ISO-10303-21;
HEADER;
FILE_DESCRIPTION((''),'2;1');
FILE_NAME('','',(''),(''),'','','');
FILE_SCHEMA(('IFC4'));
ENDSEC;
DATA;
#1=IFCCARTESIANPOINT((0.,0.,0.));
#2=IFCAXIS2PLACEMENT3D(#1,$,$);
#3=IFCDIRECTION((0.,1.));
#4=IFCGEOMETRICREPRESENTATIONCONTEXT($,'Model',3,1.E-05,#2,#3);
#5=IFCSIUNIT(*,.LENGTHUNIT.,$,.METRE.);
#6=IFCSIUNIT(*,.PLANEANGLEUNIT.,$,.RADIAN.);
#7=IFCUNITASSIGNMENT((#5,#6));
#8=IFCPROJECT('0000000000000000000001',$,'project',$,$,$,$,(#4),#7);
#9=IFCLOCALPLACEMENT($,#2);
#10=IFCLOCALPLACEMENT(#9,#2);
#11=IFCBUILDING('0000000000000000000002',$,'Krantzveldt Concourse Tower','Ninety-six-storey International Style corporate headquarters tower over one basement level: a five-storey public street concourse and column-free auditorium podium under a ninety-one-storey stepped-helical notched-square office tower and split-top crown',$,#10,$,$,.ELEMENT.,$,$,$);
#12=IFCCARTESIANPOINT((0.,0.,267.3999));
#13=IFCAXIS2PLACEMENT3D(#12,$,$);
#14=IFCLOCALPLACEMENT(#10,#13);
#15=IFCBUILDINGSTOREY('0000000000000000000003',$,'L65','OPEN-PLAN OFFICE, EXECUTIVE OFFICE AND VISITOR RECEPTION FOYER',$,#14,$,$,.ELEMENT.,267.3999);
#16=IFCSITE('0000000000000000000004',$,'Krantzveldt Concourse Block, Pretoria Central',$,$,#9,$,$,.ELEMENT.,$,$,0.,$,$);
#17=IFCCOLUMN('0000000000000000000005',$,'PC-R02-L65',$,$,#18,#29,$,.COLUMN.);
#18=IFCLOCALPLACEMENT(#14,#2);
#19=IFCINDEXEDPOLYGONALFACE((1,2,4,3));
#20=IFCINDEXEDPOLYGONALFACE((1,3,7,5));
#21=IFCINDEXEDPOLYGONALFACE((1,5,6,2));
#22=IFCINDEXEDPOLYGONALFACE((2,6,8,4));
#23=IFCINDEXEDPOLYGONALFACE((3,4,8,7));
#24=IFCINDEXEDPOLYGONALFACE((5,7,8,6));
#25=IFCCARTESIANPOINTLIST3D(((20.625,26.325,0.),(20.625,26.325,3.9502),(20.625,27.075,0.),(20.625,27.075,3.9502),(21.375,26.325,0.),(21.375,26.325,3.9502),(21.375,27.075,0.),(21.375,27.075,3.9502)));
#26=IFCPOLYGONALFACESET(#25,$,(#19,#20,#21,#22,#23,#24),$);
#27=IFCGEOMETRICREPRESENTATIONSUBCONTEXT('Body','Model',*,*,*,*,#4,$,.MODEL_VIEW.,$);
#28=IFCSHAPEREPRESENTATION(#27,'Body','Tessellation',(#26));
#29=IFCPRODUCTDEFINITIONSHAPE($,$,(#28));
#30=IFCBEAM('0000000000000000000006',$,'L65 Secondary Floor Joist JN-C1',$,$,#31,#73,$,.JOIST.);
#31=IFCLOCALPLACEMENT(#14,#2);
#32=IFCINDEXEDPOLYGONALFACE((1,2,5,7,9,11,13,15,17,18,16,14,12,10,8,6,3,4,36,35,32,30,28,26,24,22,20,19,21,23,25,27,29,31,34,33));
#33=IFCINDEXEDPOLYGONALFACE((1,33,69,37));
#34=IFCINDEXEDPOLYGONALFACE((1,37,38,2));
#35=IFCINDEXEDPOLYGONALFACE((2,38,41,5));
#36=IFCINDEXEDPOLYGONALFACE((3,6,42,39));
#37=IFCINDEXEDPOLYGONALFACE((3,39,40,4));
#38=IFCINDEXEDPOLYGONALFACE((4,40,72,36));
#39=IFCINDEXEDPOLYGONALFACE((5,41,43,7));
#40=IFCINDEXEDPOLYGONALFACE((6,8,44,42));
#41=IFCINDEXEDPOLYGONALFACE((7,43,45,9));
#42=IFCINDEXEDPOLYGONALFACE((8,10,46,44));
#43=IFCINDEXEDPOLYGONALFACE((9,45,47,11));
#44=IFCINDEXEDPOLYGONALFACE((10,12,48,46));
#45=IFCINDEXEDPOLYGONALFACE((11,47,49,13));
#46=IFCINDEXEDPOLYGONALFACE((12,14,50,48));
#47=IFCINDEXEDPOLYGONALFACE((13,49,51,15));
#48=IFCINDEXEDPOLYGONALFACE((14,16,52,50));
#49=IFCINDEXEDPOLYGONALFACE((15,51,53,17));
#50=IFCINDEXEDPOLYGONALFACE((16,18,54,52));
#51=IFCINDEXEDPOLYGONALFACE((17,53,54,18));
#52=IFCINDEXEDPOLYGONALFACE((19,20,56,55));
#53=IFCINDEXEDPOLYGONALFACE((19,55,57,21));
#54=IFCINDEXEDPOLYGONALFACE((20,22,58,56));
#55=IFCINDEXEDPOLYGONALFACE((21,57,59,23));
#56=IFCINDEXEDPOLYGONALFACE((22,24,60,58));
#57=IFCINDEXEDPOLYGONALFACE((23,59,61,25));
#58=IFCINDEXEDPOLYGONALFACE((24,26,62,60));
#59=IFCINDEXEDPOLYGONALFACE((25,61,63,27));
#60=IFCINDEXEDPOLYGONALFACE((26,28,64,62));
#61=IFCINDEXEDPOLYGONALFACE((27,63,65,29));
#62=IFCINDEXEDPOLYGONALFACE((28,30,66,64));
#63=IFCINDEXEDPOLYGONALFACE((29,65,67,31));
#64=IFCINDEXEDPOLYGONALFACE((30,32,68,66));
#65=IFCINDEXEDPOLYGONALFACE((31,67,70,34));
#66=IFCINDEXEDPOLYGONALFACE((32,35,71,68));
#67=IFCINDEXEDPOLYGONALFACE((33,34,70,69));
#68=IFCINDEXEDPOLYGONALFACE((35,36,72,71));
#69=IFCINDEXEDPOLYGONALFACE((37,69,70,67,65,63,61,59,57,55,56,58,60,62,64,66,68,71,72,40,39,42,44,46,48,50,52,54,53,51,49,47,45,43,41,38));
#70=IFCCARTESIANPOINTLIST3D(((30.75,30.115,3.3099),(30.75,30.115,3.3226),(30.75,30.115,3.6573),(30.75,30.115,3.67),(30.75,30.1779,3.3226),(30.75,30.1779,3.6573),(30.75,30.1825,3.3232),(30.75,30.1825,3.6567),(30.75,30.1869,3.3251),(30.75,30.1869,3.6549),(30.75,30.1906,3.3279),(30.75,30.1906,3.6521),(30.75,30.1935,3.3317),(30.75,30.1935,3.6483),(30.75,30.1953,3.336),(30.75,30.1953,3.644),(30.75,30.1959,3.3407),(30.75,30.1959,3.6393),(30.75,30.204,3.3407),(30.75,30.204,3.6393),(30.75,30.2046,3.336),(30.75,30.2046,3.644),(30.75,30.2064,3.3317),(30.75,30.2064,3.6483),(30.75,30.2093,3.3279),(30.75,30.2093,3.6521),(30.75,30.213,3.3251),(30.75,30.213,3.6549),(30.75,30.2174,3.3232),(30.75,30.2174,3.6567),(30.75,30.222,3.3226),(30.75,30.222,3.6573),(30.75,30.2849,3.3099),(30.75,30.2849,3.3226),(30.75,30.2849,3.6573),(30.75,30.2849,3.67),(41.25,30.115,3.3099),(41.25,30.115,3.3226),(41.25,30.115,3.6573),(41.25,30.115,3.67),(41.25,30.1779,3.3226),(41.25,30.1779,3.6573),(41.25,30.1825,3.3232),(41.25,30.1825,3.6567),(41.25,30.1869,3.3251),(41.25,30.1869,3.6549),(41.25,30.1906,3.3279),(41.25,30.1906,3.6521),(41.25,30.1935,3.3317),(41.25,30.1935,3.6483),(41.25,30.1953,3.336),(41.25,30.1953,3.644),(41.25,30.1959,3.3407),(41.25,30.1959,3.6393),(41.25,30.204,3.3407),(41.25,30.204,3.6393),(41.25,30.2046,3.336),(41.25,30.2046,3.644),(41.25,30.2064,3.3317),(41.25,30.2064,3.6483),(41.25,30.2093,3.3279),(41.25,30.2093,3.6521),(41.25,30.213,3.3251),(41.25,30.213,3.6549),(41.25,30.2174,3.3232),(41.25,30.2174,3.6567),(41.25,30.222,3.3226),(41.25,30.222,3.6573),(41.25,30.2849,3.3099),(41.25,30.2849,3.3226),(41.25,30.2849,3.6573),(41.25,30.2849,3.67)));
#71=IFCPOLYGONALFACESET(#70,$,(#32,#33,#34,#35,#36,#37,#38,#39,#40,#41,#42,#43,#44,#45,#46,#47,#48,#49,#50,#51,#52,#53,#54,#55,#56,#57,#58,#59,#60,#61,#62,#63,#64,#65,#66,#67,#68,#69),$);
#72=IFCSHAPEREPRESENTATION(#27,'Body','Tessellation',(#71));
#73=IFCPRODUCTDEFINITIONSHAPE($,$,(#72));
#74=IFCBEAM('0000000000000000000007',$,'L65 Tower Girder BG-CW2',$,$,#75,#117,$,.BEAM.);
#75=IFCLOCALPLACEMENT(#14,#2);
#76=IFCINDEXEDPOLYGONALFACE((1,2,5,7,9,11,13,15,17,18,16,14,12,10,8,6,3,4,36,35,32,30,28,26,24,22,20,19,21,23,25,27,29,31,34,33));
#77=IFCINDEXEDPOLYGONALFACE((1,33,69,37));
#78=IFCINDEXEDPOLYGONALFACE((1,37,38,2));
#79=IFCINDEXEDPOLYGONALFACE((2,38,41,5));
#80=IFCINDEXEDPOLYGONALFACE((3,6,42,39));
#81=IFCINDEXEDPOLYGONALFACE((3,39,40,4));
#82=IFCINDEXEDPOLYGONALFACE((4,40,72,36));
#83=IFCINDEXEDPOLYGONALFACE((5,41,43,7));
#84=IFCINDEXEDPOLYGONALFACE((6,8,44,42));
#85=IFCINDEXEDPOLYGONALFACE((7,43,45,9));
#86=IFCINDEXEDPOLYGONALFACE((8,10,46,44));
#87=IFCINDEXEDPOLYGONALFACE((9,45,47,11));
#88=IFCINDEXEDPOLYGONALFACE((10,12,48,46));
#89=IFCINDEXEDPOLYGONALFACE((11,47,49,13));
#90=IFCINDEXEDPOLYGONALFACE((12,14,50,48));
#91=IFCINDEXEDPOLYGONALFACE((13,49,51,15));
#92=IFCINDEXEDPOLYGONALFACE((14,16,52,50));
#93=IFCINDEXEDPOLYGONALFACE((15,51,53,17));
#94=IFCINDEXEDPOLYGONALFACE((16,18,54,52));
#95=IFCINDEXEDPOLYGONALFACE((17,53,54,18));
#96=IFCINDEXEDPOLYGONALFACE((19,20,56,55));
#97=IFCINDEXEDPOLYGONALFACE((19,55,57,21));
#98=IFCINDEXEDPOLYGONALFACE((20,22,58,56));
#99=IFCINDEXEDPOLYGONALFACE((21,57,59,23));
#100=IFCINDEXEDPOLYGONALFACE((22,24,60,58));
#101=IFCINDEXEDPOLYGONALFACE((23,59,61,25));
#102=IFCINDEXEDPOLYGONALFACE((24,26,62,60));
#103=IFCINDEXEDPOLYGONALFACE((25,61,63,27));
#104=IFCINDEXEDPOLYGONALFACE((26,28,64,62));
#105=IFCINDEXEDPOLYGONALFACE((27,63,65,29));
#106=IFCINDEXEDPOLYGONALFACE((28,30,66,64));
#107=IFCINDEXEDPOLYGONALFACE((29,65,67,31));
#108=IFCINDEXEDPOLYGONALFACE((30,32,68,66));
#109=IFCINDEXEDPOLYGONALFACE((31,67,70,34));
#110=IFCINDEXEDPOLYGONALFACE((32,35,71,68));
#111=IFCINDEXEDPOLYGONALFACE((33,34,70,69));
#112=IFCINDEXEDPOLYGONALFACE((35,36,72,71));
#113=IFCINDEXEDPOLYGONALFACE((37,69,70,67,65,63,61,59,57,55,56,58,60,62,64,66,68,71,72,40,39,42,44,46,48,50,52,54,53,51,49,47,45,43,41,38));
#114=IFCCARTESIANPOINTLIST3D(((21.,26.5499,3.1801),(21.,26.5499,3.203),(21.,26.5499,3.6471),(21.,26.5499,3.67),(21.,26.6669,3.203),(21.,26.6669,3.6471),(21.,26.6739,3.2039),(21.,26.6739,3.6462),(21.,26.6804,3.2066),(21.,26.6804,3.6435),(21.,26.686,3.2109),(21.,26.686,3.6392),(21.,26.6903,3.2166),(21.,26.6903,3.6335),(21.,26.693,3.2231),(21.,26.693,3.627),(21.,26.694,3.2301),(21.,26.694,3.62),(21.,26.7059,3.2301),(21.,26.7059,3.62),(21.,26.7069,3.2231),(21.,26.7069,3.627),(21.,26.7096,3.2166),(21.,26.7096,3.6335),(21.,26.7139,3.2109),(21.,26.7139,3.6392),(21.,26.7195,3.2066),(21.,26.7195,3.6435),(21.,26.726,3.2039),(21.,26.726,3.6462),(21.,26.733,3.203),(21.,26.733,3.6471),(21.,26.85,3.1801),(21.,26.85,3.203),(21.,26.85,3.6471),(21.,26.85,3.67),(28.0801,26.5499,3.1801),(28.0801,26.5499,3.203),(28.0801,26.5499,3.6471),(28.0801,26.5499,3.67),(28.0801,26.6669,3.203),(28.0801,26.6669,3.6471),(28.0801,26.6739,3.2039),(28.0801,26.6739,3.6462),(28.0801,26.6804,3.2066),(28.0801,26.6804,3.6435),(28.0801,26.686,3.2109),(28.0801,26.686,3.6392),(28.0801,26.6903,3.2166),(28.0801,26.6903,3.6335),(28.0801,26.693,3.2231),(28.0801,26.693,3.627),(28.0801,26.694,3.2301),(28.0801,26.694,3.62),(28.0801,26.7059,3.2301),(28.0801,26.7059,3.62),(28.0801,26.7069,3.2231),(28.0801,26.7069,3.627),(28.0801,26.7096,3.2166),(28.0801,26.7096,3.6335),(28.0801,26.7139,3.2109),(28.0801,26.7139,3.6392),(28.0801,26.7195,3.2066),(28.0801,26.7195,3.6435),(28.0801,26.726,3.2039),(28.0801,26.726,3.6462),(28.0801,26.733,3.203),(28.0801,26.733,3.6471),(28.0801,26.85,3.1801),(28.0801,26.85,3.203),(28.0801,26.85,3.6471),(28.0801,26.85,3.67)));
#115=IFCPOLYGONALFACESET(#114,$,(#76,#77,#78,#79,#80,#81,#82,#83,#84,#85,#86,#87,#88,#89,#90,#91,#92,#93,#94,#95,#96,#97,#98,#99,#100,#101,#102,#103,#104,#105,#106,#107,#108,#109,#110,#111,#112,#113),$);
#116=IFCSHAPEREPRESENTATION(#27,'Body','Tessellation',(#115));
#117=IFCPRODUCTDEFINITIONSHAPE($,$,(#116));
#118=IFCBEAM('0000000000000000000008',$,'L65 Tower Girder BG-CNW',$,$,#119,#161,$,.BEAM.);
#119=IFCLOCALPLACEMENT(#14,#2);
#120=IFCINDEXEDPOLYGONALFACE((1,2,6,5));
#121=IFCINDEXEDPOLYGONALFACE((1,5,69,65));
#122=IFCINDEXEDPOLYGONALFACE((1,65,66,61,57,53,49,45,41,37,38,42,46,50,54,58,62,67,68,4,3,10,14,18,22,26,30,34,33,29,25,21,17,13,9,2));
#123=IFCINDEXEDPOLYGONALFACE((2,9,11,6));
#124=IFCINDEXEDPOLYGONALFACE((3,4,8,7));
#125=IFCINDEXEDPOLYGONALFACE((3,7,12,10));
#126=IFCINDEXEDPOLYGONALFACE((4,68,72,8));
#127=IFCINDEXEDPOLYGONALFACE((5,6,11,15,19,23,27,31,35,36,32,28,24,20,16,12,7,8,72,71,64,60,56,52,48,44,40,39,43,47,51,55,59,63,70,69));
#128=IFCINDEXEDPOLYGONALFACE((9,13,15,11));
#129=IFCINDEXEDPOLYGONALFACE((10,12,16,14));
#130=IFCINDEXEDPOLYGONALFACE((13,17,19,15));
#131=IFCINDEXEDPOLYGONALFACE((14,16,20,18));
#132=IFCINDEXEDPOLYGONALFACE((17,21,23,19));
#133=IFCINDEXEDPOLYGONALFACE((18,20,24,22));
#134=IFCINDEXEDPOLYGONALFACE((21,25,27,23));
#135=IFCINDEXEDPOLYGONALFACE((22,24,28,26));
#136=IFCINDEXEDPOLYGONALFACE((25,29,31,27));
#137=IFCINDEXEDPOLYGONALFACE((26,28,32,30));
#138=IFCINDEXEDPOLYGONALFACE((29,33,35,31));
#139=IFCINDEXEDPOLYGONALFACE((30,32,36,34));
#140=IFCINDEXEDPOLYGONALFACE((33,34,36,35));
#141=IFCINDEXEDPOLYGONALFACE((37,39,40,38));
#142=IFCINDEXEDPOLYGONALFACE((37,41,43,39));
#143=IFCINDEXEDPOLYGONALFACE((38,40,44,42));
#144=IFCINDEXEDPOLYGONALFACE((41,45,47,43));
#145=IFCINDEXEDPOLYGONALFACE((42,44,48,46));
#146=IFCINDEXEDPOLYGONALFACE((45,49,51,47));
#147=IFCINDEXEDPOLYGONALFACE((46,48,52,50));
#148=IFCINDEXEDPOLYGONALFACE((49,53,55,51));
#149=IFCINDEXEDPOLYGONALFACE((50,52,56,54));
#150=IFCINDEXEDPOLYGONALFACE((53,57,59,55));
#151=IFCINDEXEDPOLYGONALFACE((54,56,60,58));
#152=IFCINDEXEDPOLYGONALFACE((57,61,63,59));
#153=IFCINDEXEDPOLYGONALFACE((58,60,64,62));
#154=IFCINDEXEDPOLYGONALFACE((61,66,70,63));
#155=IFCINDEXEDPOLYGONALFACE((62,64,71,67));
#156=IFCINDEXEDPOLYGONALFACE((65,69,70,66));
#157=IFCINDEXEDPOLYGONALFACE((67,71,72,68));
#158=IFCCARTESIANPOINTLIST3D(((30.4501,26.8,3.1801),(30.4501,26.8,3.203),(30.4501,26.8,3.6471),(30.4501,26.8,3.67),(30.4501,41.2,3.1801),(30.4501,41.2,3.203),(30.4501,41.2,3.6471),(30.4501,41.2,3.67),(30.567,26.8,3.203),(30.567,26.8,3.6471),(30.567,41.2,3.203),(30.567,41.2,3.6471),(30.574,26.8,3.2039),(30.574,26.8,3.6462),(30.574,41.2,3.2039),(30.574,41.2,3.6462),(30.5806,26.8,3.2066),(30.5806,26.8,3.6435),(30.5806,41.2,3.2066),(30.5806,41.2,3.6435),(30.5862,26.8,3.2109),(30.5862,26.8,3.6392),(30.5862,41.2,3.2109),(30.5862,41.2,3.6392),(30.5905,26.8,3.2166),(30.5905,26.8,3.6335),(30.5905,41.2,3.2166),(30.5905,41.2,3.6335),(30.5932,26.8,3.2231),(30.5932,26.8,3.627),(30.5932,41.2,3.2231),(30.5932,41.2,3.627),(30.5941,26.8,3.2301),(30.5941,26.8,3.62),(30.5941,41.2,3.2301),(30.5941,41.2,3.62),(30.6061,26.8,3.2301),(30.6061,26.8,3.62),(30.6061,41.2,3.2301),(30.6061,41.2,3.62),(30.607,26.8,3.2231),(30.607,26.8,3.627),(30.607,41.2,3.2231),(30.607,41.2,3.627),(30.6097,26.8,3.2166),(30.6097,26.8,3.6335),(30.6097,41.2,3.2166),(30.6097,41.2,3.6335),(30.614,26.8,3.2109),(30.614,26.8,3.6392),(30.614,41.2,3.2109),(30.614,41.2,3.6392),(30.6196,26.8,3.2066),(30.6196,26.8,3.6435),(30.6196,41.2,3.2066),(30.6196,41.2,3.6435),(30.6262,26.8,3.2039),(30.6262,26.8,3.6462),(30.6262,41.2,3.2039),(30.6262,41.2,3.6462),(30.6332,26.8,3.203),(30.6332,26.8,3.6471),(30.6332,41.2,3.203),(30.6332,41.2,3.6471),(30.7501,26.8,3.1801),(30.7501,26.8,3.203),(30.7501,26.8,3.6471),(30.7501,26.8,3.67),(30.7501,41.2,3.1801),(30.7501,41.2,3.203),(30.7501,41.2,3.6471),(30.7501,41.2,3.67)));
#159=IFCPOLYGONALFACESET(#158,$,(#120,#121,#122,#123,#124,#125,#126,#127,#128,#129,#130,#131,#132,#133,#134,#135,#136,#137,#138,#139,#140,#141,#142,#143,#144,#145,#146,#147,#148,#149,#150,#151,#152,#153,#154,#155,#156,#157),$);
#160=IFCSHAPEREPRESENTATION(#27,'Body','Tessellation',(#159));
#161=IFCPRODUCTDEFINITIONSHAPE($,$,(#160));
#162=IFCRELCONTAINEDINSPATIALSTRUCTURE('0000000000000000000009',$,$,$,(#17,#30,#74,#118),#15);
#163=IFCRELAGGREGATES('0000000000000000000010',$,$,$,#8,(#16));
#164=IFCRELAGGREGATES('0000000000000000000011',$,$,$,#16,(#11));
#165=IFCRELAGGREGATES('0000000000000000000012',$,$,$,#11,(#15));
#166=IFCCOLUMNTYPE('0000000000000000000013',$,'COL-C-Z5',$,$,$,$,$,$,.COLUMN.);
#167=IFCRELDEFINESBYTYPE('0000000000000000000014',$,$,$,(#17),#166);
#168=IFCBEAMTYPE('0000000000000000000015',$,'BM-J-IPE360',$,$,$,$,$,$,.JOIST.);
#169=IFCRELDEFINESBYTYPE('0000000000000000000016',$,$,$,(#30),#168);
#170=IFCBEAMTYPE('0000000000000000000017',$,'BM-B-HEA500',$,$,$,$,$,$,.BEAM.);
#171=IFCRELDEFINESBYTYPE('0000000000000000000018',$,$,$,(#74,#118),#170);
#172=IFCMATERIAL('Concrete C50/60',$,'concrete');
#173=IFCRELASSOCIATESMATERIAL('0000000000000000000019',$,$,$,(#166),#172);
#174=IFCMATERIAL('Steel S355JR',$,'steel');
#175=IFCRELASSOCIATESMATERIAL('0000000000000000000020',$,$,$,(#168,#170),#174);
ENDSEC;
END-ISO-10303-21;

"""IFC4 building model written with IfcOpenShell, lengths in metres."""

from ifc_helpers import new_model, si_unit, direction, frame, origin, origin_2d, place, context, subcontext, project, spatial, rectangle, i_section, extrude, source, transform, mapped, material, material_profile, profile_set, type_object, type_shapes, element, save


model = new_model("IFC4")

# Units and contexts
model_context = context("Model", 3, precision=1e-05, world=origin(), true_north=direction((0.0, 1.0)))
body_context = subcontext(model_context, "Body", "Model", "MODEL_VIEW")
ifc_project = project(units=[si_unit("LENGTHUNIT", "METRE"), si_unit("PLANEANGLEUNIT", "RADIAN")], contexts=[model_context])

# Site, building, storey
site_placement = place(None, origin())
site = spatial("IfcSite", under=ifc_project, at=site_placement, Name="Krantzveldt Concourse Block, Pretoria Central", CompositionType="ELEMENT", RefElevation=0.0)
building_placement = place(site_placement, origin())
building = spatial("IfcBuilding", under=site, at=building_placement, Name="Krantzveldt Concourse Tower", Description="Ninety-six-storey International Style corporate headquarters tower over one basement level: a five-storey public street concourse and column-free auditorium podium under a ninety-one-storey stepped-helical notched-square office tower and split-top crown", CompositionType="ELEMENT")
storey_placement = place(building_placement, frame((0.0, 0.0, 267.3999)))
storey = spatial("IfcBuildingStorey", under=building, at=storey_placement, Name="L65", Description="OPEN-PLAN OFFICE, EXECUTIVE OFFICE AND VISITOR RECEPTION FOYER", CompositionType="ELEMENT", Elevation=267.3999)

# Column
ifc_material_1 = material(Name="Concrete C50/60", Category="concrete")
ifc_material_profile_1 = material_profile(ifc_material_1, rectangle(XDim=0.75, YDim=0.75, at=origin_2d()), Name="Concrete C50/60", Category="concrete")
ifc_profile_set_1 = profile_set([ifc_material_profile_1], Name="Concrete C50/60 - RC 750x750")
column_type = type_object("IfcColumnType", Name="COL-C-Z5", PredefinedType="COLUMN", material=ifc_profile_set_1)
shared_shape_1 = source(origin(), body_context, "Body", "SweptSolid", [
    extrude(rectangle(XDim=0.75, YDim=0.75, at=origin_2d()), origin(), (0.0, 0.0, 1.0), 3.9502),
])
type_shapes(column_type, [shared_shape_1])
column_placement = place(storey_placement, frame((21.0, 26.7, 0.0), z_axis=(0.0, 0.0, 1.0), x_axis=(1.0, 0.0, 0.0)))
element("IfcColumn", 1, at=column_placement, inside=storey, type_object=column_type, Name="PC-R02-L65", PredefinedType="COLUMN", context=body_context, shape_type="MappedRepresentation", body=[
    mapped(shared_shape_1, transform((0.0, 0.0, 0.0), x_axis=(1.0, 0.0, 0.0), y_axis=(0.0, 1.0, 0.0), z_axis=(0.0, 0.0, 1.0), scale=1.0)),
])

# Beams
ifc_material_2 = material(Name="Steel S355JR", Category="steel")
ifc_material_profile_2 = material_profile(ifc_material_2, i_section(OverallWidth=0.1699, OverallDepth=0.3601, WebThickness=0.0081, FlangeThickness=0.0127, FilletRadius=0.0181, at=origin_2d()), Name="Steel S355JR", Category="steel")
ifc_profile_set_2 = profile_set([ifc_material_profile_2], Name="Steel S355JR - IPE 360")
beam_type_1 = type_object("IfcBeamType", Name="BM-J-IPE360", PredefinedType="JOIST", material=ifc_profile_set_2)
shared_shape_2 = source(origin(), body_context, "Body", "SweptSolid", [
    extrude(i_section(OverallWidth=0.1699, OverallDepth=0.3601, WebThickness=0.0081, FlangeThickness=0.0127, FilletRadius=0.0181, at=origin_2d()), origin(), (0.0, 0.0, 1.0), 10.5),
])
beam_1_placement = place(storey_placement, frame((30.75, 30.2, 3.49), z_axis=(1.0, 0.0, 0.0), x_axis=(0.0, 1.0, 0.0)))
element("IfcBeam", 2, at=beam_1_placement, inside=storey, type_object=beam_type_1, Name="L65 Secondary Floor Joist JN-C1", PredefinedType="JOIST", context=body_context, shape_type="MappedRepresentation", body=[
    mapped(shared_shape_2, transform((0.0, 0.0, 0.0), x_axis=(1.0, 0.0, 0.0), y_axis=(0.0, 1.0, 0.0), z_axis=(0.0, 0.0, 1.0), scale=1.0)),
])
ifc_material_profile_3 = material_profile(ifc_material_2, i_section(OverallWidth=0.3, OverallDepth=0.49, WebThickness=0.012, FlangeThickness=0.0229, FilletRadius=0.0271, at=origin_2d()), Name="Steel S355JR", Category="steel")
ifc_profile_set_3 = profile_set([ifc_material_profile_3], Name="Steel S355JR - HEA 500")
beam_type_2 = type_object("IfcBeamType", Name="BM-B-HEA500", PredefinedType="BEAM", material=ifc_profile_set_3)
shared_shape_3 = source(origin(), body_context, "Body", "SweptSolid", [
    extrude(i_section(OverallWidth=0.3, OverallDepth=0.49, WebThickness=0.012, FlangeThickness=0.0229, FilletRadius=0.0271, at=origin_2d()), origin(), (0.0, 0.0, 1.0), 7.0801),
])
beam_2_placement = place(storey_placement, frame((21.0, 26.7, 3.425), z_axis=(1.0, 0.0, 0.0), x_axis=(0.0, 1.0, 0.0)))
element("IfcBeam", 3, at=beam_2_placement, inside=storey, type_object=beam_type_2, Name="L65 Tower Girder BG-CW2", PredefinedType="BEAM", context=body_context, shape_type="MappedRepresentation", body=[
    mapped(shared_shape_3, transform((0.0, 0.0, 0.0), x_axis=(1.0, 0.0, 0.0), y_axis=(0.0, 1.0, 0.0), z_axis=(0.0, 0.0, 1.0), scale=1.0)),
])
shared_shape_4 = source(origin(), body_context, "Body", "SweptSolid", [
    extrude(i_section(OverallWidth=0.3, OverallDepth=0.49, WebThickness=0.012, FlangeThickness=0.0229, FilletRadius=0.0271, at=origin_2d()), origin(), (0.0, 0.0, 1.0), 14.3999),
])
type_shapes(beam_type_2, [shared_shape_3, shared_shape_4])
beam_3_placement = place(storey_placement, frame((30.6001, 26.8, 3.425), z_axis=(0.0, 1.0, 0.0), x_axis=(-1.0, 0.0, 0.0)))
element("IfcBeam", 4, at=beam_3_placement, inside=storey, type_object=beam_type_2, Name="L65 Tower Girder BG-CNW", PredefinedType="BEAM", context=body_context, shape_type="MappedRepresentation", body=[
    mapped(shared_shape_4, transform((0.0, 0.0, 0.0), x_axis=(1.0, 0.0, 0.0), y_axis=(0.0, 1.0, 0.0), z_axis=(0.0, 0.0, 1.0), scale=1.0)),
])

save(model, "model.ifc")
